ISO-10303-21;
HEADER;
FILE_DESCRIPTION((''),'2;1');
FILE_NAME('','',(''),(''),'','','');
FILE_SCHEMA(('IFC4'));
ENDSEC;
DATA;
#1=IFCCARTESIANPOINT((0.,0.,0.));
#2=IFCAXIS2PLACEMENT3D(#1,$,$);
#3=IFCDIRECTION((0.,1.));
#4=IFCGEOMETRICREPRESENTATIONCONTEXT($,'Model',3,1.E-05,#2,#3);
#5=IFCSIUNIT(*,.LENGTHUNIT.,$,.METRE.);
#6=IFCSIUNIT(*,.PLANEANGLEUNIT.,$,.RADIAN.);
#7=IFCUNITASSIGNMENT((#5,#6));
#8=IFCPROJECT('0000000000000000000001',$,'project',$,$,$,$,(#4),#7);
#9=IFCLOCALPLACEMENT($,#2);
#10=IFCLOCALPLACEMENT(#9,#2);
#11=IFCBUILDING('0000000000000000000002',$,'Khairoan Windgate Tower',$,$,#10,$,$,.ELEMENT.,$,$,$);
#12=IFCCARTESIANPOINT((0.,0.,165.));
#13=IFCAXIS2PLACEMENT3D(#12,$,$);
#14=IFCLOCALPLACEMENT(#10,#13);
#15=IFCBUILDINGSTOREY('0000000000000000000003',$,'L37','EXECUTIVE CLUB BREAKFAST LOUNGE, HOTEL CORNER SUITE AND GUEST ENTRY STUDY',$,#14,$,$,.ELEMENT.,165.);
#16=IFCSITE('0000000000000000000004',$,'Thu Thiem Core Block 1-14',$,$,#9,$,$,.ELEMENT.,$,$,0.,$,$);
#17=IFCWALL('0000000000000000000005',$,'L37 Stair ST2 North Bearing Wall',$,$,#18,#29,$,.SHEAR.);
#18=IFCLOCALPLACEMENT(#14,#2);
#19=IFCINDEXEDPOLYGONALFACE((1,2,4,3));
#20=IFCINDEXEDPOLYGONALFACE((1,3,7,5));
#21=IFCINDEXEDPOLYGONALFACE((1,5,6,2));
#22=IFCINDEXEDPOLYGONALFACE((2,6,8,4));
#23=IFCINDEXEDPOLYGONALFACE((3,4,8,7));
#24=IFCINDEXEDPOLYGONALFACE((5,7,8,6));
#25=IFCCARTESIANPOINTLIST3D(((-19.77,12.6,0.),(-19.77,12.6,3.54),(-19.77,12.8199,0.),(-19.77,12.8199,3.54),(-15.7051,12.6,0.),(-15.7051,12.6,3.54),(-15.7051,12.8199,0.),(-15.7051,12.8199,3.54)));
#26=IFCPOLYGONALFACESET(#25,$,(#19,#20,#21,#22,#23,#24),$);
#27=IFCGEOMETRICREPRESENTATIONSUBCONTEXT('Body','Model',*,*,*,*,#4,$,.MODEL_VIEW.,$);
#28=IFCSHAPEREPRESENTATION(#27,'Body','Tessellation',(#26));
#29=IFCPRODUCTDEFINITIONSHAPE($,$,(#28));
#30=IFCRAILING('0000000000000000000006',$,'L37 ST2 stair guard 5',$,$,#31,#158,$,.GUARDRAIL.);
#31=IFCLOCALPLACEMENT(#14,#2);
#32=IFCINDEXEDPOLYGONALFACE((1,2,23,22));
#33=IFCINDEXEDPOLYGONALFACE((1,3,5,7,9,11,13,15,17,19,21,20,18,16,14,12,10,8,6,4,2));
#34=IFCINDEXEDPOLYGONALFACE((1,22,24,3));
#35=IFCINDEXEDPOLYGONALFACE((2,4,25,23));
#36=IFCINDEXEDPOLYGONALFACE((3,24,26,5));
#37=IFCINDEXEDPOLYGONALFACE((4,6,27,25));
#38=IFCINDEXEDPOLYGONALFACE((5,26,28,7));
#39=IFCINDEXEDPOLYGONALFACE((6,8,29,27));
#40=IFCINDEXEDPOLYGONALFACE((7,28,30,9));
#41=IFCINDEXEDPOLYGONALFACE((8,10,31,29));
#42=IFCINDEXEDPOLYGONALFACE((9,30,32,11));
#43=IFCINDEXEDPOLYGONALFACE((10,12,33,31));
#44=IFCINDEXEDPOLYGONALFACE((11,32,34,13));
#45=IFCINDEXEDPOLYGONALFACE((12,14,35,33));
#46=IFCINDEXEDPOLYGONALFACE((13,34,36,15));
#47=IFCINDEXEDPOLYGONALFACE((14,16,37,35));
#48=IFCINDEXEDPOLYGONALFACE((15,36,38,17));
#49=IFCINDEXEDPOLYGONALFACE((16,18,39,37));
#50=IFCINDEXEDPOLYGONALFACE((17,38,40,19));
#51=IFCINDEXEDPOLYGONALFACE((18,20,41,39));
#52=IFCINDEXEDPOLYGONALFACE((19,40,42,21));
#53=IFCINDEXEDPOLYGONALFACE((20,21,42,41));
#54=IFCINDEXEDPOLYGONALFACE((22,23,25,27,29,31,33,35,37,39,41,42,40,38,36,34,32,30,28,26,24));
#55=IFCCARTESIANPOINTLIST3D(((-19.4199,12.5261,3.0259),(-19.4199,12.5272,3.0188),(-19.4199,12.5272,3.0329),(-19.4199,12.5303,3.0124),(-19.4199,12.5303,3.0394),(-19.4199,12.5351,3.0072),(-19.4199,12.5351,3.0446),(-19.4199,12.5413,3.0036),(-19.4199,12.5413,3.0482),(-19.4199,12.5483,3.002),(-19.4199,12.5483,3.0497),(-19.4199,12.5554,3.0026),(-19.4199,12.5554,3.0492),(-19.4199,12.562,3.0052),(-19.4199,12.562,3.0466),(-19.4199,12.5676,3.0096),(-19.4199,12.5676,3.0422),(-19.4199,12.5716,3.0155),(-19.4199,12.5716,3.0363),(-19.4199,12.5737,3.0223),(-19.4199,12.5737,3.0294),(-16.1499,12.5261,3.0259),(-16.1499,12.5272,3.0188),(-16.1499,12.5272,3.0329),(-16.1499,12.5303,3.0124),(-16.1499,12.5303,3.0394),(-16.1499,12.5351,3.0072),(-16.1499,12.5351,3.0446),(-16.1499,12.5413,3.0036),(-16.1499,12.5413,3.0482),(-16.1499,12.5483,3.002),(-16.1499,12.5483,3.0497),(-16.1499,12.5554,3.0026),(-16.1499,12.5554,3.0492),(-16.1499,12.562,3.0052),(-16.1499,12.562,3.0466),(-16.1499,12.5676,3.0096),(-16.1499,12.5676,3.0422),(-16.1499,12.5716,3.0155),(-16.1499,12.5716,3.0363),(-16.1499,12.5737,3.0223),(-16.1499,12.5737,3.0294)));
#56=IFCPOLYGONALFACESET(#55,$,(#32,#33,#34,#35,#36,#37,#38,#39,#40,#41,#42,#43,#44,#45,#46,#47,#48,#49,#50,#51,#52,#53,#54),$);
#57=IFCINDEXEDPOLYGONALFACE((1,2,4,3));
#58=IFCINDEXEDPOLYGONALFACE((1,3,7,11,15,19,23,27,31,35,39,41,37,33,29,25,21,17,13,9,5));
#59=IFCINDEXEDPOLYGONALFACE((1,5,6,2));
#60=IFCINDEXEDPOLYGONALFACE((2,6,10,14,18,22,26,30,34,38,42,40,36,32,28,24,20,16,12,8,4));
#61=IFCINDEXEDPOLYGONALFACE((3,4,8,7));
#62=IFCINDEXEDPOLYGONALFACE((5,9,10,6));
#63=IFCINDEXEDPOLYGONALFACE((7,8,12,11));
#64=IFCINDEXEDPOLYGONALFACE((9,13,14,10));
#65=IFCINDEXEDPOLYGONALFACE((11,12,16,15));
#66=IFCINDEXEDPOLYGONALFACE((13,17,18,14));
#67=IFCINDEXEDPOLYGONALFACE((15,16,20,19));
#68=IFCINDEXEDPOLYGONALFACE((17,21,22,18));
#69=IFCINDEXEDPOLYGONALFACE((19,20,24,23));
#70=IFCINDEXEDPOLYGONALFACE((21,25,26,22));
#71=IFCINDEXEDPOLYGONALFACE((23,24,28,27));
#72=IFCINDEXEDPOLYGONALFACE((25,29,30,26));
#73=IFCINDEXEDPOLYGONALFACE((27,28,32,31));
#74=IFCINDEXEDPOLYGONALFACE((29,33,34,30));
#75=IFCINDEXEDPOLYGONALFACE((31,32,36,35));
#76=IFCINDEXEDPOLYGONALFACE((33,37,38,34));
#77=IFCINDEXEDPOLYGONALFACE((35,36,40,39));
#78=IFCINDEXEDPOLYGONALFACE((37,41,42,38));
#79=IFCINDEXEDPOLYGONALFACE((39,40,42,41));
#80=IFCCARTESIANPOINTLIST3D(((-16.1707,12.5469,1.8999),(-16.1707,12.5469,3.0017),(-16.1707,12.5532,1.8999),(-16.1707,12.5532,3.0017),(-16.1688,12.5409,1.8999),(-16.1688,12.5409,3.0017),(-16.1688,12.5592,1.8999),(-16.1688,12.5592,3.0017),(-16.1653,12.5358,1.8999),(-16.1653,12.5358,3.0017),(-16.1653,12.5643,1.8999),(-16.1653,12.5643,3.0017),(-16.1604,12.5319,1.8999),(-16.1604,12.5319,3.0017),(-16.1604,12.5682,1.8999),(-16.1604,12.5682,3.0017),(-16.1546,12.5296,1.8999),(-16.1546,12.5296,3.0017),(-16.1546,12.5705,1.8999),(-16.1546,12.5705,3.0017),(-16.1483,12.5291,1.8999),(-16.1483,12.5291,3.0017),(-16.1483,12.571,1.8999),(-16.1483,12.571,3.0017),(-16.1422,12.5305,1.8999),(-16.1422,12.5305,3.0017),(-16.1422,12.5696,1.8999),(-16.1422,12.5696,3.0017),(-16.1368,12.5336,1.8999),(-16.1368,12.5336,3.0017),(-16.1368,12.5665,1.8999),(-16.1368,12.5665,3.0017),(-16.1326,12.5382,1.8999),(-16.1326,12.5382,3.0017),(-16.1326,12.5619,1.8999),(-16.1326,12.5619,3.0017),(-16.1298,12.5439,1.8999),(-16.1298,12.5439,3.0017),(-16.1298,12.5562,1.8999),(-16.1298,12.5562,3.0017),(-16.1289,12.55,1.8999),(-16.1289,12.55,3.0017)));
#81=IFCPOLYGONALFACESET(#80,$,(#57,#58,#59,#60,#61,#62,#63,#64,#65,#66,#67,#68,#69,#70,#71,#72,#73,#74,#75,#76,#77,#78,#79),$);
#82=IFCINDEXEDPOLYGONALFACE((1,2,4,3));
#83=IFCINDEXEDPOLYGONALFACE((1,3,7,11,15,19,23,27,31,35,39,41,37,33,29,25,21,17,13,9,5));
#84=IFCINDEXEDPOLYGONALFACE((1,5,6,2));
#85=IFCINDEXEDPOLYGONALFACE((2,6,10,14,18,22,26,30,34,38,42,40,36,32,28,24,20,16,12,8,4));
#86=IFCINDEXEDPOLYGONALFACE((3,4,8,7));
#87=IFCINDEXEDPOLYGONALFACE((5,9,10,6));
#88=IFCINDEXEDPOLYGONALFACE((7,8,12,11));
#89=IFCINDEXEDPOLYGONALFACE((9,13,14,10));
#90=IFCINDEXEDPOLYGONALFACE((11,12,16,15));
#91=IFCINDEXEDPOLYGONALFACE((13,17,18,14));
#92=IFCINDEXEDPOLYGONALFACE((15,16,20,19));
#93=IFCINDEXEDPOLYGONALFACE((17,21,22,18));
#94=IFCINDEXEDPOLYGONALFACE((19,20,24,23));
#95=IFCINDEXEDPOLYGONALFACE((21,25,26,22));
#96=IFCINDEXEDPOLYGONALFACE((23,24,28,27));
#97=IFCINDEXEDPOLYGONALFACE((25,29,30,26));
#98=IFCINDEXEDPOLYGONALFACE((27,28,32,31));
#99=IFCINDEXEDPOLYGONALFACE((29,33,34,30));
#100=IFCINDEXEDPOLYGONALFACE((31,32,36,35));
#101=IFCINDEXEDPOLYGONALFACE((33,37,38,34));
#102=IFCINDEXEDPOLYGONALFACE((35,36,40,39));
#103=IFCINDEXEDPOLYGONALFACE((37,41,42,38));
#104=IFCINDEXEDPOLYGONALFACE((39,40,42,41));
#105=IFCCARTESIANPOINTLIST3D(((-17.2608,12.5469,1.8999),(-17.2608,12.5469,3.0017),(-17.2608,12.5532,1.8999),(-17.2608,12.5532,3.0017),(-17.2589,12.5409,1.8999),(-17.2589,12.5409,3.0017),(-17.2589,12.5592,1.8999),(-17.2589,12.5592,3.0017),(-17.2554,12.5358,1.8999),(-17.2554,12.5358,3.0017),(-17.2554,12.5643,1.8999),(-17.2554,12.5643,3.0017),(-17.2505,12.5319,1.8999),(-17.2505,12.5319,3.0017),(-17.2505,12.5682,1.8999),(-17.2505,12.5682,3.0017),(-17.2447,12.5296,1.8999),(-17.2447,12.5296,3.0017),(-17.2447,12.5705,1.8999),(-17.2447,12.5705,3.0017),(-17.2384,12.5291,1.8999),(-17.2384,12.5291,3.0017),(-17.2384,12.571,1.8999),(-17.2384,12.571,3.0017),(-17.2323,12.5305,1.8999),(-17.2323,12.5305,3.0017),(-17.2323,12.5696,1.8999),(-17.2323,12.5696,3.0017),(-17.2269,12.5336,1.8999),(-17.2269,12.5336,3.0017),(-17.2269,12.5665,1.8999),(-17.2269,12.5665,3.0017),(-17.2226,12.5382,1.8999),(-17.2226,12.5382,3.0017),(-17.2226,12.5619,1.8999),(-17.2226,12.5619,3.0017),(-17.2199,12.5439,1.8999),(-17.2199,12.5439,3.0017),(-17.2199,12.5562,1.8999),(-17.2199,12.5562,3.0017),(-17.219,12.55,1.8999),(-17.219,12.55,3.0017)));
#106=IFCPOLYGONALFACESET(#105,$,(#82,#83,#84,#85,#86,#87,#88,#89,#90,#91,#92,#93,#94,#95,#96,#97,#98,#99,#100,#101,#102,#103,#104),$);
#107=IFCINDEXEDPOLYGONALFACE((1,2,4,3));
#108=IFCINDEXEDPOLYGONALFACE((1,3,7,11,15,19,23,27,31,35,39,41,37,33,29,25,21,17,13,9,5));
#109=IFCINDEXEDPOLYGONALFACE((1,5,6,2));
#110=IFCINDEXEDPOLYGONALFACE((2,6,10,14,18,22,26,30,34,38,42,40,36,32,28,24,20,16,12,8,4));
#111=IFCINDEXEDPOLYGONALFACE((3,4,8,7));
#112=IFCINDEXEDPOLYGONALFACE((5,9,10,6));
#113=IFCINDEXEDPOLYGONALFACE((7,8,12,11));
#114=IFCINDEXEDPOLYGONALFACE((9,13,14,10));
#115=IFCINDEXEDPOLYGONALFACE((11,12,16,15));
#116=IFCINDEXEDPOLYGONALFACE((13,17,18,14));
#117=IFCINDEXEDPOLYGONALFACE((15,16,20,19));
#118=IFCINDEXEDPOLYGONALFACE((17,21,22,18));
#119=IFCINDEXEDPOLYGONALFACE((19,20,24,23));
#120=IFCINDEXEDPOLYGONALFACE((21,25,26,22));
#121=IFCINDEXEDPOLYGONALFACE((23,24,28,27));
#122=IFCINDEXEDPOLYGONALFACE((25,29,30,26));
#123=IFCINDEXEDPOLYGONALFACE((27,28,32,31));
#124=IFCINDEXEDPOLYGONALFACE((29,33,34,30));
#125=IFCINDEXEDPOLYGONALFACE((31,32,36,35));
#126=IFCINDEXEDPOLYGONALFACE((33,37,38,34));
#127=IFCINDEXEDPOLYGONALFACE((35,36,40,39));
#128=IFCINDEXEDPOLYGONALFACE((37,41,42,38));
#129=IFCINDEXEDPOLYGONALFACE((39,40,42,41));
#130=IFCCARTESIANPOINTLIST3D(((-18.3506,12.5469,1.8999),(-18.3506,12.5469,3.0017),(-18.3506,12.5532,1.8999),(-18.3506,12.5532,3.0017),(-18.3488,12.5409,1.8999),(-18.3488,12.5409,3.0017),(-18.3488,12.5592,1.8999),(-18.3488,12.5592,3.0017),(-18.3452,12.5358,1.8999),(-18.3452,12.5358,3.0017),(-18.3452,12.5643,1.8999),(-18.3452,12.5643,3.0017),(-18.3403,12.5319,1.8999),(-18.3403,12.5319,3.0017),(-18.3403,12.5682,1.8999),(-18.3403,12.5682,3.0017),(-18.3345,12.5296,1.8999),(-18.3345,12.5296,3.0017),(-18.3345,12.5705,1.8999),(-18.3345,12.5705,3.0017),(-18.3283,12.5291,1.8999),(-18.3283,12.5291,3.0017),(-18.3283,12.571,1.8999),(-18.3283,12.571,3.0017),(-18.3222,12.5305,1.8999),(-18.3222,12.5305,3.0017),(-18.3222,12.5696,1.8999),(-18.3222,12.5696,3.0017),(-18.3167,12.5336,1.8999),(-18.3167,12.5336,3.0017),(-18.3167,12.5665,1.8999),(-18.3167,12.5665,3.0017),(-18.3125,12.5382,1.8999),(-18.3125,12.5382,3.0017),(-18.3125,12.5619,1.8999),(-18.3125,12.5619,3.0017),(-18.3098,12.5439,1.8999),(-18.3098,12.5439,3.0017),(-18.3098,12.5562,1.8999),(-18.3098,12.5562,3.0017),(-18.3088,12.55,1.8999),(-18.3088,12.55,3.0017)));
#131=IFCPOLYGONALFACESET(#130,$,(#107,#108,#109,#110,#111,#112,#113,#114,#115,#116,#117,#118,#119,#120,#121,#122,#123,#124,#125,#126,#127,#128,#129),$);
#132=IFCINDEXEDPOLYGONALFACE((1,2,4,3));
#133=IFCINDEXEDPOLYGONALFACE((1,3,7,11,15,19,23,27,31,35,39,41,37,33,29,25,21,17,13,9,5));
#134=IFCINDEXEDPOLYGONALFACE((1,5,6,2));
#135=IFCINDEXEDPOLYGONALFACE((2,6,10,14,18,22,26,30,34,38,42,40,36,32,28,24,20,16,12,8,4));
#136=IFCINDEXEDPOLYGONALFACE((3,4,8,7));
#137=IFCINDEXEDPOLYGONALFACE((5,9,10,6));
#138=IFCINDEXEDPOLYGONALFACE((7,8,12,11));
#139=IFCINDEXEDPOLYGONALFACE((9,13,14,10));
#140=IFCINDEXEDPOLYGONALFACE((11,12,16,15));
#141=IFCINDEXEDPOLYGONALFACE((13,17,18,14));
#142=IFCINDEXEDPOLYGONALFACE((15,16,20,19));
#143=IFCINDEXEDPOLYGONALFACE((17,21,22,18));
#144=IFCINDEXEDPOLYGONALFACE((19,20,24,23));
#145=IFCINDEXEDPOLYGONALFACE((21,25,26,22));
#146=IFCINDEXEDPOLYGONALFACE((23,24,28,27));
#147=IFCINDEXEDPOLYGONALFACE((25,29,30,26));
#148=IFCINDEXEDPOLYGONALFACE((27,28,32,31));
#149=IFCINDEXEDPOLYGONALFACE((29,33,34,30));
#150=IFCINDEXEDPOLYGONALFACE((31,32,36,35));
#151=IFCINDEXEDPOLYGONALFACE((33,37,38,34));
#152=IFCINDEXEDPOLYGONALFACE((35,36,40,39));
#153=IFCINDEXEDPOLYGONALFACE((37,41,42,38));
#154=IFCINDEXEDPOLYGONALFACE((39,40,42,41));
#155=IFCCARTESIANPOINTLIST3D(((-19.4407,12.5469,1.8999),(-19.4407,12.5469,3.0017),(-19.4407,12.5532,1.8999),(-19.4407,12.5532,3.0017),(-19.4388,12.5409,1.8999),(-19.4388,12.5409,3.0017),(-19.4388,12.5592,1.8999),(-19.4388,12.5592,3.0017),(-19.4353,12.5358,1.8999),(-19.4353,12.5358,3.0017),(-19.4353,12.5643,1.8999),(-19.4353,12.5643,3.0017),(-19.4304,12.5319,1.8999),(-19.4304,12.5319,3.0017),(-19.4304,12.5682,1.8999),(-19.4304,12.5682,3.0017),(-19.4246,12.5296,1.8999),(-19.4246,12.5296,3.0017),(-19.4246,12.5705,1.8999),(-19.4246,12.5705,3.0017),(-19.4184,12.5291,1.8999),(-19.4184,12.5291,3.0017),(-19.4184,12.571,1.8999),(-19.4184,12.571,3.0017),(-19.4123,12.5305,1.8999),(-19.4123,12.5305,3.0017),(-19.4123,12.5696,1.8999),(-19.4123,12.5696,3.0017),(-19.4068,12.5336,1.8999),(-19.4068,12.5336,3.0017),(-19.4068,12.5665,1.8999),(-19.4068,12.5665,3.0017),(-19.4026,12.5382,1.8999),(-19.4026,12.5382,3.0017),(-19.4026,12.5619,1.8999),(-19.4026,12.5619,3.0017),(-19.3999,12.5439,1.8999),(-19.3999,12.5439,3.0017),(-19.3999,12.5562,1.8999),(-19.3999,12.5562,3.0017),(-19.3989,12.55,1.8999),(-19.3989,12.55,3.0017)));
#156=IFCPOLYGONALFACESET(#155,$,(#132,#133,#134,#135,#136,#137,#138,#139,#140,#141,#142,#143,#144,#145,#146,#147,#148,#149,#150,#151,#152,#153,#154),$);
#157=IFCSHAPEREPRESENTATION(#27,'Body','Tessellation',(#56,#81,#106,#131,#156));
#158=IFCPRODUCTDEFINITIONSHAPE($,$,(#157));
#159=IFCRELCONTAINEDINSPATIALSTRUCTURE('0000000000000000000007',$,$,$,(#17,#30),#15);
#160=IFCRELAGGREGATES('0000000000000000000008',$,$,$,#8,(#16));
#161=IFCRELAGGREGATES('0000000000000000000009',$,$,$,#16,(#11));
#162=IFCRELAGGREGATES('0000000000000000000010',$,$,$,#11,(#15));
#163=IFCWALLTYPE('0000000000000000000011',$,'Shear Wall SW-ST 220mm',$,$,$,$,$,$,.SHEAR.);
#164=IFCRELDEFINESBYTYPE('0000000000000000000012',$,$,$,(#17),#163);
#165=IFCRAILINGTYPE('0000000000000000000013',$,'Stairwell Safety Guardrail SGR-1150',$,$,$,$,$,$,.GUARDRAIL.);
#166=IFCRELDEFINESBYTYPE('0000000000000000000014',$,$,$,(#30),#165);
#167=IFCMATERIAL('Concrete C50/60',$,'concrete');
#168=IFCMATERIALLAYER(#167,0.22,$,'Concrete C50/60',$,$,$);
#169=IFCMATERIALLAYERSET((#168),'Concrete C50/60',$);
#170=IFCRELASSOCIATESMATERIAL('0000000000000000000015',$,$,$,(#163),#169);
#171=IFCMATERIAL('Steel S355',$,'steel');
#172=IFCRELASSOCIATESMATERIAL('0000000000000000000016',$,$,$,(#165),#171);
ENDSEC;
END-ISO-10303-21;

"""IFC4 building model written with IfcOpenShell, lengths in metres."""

from ifc_helpers import new_model, si_unit, direction, frame, frame_2d, origin, origin_2d, place, context, subcontext, project, spatial, rectangle, circle, extrude, material, layer, layer_set, type_object, element, save


model = new_model("IFC4")

# Units and contexts
model_context = context("Model", 3, precision=1e-05, world=origin(), true_north=direction((0.0, 1.0)))
body_context = subcontext(model_context, "Body", "Model", "MODEL_VIEW")
ifc_project = project(units=[si_unit("LENGTHUNIT", "METRE"), si_unit("PLANEANGLEUNIT", "RADIAN")], contexts=[model_context])

# Site, building, storey
site_placement = place(None, origin())
site = spatial("IfcSite", under=ifc_project, at=site_placement, Name="Thu Thiem Core Block 1-14", CompositionType="ELEMENT", RefElevation=0.0)
building_placement = place(site_placement, origin())
building = spatial("IfcBuilding", under=site, at=building_placement, Name="Khairoan Windgate Tower", CompositionType="ELEMENT")
storey_placement = place(building_placement, frame((0.0, 0.0, 165.0)))
storey = spatial("IfcBuildingStorey", under=building, at=storey_placement, Name="L37", Description="EXECUTIVE CLUB BREAKFAST LOUNGE, HOTEL CORNER SUITE AND GUEST ENTRY STUDY", CompositionType="ELEMENT", Elevation=165.0)

# Wall
ifc_material_1 = material(Name="Concrete C50/60", Category="concrete")
ifc_layer_1 = layer(ifc_material_1, 0.22, Name="Concrete C50/60")
ifc_layer_set_1 = layer_set([ifc_layer_1], Name="Concrete C50/60")
wall_type_1 = type_object("IfcWallType", Name="Shear Wall SW-ST 220mm", PredefinedType="SHEAR", material=ifc_layer_set_1)
wall_1_placement = place(storey_placement, frame((-19.77, 12.71, 0.0), z_axis=(0.0, 0.0, 1.0), x_axis=(1.0, 0.0, 0.0)))
element("IfcWall", 1, at=wall_1_placement, inside=storey, type_object=wall_type_1, Name="L37 Stair ST2 North Bearing Wall", PredefinedType="SHEAR", context=body_context, shape_type="SweptSolid", body=[
    extrude(rectangle(XDim=4.0649, YDim=0.22, at=frame_2d((2.0325, 0.0))), origin(), (0.0, 0.0, 1.0), 3.54),
])

# Railing
ifc_material_2 = material(Name="Steel S355", Category="steel")
railing_type = type_object("IfcRailingType", Name="Stairwell Safety Guardrail SGR-1150", PredefinedType="GUARDRAIL", material=ifc_material_2)
railing_1_placement = place(storey_placement, frame((-16.1499, 12.55, 1.8999)))
element("IfcRailing", 2, at=railing_1_placement, inside=storey, type_object=railing_type, Name="L37 ST2 stair guard 5", PredefinedType="GUARDRAIL", context=body_context, shape_type="SweptSolid", body=[
    extrude(circle(Radius=0.0239, at=origin_2d()), frame((0.0, 0.0, 1.126), z_axis=(-1.0, 0.0, 0.0), x_axis=(0.0, -1.0, 0.0)), (0.0, 0.0, 1.0), 3.27),
    extrude(circle(Radius=0.021, at=origin_2d()), origin(), (0.0, 0.0, 1.0), 1.1018),
    extrude(circle(Radius=0.021, at=origin_2d()), frame((-1.0901, 0.0, 0.0)), (0.0, 0.0, 1.0), 1.1018),
    extrude(circle(Radius=0.021, at=origin_2d()), frame((-2.1799, 0.0, 0.0)), (0.0, 0.0, 1.0), 1.1018),
    extrude(circle(Radius=0.021, at=origin_2d()), frame((-3.27, 0.0, 0.0)), (0.0, 0.0, 1.0), 1.1018),
])

save(model, "model.ifc")
